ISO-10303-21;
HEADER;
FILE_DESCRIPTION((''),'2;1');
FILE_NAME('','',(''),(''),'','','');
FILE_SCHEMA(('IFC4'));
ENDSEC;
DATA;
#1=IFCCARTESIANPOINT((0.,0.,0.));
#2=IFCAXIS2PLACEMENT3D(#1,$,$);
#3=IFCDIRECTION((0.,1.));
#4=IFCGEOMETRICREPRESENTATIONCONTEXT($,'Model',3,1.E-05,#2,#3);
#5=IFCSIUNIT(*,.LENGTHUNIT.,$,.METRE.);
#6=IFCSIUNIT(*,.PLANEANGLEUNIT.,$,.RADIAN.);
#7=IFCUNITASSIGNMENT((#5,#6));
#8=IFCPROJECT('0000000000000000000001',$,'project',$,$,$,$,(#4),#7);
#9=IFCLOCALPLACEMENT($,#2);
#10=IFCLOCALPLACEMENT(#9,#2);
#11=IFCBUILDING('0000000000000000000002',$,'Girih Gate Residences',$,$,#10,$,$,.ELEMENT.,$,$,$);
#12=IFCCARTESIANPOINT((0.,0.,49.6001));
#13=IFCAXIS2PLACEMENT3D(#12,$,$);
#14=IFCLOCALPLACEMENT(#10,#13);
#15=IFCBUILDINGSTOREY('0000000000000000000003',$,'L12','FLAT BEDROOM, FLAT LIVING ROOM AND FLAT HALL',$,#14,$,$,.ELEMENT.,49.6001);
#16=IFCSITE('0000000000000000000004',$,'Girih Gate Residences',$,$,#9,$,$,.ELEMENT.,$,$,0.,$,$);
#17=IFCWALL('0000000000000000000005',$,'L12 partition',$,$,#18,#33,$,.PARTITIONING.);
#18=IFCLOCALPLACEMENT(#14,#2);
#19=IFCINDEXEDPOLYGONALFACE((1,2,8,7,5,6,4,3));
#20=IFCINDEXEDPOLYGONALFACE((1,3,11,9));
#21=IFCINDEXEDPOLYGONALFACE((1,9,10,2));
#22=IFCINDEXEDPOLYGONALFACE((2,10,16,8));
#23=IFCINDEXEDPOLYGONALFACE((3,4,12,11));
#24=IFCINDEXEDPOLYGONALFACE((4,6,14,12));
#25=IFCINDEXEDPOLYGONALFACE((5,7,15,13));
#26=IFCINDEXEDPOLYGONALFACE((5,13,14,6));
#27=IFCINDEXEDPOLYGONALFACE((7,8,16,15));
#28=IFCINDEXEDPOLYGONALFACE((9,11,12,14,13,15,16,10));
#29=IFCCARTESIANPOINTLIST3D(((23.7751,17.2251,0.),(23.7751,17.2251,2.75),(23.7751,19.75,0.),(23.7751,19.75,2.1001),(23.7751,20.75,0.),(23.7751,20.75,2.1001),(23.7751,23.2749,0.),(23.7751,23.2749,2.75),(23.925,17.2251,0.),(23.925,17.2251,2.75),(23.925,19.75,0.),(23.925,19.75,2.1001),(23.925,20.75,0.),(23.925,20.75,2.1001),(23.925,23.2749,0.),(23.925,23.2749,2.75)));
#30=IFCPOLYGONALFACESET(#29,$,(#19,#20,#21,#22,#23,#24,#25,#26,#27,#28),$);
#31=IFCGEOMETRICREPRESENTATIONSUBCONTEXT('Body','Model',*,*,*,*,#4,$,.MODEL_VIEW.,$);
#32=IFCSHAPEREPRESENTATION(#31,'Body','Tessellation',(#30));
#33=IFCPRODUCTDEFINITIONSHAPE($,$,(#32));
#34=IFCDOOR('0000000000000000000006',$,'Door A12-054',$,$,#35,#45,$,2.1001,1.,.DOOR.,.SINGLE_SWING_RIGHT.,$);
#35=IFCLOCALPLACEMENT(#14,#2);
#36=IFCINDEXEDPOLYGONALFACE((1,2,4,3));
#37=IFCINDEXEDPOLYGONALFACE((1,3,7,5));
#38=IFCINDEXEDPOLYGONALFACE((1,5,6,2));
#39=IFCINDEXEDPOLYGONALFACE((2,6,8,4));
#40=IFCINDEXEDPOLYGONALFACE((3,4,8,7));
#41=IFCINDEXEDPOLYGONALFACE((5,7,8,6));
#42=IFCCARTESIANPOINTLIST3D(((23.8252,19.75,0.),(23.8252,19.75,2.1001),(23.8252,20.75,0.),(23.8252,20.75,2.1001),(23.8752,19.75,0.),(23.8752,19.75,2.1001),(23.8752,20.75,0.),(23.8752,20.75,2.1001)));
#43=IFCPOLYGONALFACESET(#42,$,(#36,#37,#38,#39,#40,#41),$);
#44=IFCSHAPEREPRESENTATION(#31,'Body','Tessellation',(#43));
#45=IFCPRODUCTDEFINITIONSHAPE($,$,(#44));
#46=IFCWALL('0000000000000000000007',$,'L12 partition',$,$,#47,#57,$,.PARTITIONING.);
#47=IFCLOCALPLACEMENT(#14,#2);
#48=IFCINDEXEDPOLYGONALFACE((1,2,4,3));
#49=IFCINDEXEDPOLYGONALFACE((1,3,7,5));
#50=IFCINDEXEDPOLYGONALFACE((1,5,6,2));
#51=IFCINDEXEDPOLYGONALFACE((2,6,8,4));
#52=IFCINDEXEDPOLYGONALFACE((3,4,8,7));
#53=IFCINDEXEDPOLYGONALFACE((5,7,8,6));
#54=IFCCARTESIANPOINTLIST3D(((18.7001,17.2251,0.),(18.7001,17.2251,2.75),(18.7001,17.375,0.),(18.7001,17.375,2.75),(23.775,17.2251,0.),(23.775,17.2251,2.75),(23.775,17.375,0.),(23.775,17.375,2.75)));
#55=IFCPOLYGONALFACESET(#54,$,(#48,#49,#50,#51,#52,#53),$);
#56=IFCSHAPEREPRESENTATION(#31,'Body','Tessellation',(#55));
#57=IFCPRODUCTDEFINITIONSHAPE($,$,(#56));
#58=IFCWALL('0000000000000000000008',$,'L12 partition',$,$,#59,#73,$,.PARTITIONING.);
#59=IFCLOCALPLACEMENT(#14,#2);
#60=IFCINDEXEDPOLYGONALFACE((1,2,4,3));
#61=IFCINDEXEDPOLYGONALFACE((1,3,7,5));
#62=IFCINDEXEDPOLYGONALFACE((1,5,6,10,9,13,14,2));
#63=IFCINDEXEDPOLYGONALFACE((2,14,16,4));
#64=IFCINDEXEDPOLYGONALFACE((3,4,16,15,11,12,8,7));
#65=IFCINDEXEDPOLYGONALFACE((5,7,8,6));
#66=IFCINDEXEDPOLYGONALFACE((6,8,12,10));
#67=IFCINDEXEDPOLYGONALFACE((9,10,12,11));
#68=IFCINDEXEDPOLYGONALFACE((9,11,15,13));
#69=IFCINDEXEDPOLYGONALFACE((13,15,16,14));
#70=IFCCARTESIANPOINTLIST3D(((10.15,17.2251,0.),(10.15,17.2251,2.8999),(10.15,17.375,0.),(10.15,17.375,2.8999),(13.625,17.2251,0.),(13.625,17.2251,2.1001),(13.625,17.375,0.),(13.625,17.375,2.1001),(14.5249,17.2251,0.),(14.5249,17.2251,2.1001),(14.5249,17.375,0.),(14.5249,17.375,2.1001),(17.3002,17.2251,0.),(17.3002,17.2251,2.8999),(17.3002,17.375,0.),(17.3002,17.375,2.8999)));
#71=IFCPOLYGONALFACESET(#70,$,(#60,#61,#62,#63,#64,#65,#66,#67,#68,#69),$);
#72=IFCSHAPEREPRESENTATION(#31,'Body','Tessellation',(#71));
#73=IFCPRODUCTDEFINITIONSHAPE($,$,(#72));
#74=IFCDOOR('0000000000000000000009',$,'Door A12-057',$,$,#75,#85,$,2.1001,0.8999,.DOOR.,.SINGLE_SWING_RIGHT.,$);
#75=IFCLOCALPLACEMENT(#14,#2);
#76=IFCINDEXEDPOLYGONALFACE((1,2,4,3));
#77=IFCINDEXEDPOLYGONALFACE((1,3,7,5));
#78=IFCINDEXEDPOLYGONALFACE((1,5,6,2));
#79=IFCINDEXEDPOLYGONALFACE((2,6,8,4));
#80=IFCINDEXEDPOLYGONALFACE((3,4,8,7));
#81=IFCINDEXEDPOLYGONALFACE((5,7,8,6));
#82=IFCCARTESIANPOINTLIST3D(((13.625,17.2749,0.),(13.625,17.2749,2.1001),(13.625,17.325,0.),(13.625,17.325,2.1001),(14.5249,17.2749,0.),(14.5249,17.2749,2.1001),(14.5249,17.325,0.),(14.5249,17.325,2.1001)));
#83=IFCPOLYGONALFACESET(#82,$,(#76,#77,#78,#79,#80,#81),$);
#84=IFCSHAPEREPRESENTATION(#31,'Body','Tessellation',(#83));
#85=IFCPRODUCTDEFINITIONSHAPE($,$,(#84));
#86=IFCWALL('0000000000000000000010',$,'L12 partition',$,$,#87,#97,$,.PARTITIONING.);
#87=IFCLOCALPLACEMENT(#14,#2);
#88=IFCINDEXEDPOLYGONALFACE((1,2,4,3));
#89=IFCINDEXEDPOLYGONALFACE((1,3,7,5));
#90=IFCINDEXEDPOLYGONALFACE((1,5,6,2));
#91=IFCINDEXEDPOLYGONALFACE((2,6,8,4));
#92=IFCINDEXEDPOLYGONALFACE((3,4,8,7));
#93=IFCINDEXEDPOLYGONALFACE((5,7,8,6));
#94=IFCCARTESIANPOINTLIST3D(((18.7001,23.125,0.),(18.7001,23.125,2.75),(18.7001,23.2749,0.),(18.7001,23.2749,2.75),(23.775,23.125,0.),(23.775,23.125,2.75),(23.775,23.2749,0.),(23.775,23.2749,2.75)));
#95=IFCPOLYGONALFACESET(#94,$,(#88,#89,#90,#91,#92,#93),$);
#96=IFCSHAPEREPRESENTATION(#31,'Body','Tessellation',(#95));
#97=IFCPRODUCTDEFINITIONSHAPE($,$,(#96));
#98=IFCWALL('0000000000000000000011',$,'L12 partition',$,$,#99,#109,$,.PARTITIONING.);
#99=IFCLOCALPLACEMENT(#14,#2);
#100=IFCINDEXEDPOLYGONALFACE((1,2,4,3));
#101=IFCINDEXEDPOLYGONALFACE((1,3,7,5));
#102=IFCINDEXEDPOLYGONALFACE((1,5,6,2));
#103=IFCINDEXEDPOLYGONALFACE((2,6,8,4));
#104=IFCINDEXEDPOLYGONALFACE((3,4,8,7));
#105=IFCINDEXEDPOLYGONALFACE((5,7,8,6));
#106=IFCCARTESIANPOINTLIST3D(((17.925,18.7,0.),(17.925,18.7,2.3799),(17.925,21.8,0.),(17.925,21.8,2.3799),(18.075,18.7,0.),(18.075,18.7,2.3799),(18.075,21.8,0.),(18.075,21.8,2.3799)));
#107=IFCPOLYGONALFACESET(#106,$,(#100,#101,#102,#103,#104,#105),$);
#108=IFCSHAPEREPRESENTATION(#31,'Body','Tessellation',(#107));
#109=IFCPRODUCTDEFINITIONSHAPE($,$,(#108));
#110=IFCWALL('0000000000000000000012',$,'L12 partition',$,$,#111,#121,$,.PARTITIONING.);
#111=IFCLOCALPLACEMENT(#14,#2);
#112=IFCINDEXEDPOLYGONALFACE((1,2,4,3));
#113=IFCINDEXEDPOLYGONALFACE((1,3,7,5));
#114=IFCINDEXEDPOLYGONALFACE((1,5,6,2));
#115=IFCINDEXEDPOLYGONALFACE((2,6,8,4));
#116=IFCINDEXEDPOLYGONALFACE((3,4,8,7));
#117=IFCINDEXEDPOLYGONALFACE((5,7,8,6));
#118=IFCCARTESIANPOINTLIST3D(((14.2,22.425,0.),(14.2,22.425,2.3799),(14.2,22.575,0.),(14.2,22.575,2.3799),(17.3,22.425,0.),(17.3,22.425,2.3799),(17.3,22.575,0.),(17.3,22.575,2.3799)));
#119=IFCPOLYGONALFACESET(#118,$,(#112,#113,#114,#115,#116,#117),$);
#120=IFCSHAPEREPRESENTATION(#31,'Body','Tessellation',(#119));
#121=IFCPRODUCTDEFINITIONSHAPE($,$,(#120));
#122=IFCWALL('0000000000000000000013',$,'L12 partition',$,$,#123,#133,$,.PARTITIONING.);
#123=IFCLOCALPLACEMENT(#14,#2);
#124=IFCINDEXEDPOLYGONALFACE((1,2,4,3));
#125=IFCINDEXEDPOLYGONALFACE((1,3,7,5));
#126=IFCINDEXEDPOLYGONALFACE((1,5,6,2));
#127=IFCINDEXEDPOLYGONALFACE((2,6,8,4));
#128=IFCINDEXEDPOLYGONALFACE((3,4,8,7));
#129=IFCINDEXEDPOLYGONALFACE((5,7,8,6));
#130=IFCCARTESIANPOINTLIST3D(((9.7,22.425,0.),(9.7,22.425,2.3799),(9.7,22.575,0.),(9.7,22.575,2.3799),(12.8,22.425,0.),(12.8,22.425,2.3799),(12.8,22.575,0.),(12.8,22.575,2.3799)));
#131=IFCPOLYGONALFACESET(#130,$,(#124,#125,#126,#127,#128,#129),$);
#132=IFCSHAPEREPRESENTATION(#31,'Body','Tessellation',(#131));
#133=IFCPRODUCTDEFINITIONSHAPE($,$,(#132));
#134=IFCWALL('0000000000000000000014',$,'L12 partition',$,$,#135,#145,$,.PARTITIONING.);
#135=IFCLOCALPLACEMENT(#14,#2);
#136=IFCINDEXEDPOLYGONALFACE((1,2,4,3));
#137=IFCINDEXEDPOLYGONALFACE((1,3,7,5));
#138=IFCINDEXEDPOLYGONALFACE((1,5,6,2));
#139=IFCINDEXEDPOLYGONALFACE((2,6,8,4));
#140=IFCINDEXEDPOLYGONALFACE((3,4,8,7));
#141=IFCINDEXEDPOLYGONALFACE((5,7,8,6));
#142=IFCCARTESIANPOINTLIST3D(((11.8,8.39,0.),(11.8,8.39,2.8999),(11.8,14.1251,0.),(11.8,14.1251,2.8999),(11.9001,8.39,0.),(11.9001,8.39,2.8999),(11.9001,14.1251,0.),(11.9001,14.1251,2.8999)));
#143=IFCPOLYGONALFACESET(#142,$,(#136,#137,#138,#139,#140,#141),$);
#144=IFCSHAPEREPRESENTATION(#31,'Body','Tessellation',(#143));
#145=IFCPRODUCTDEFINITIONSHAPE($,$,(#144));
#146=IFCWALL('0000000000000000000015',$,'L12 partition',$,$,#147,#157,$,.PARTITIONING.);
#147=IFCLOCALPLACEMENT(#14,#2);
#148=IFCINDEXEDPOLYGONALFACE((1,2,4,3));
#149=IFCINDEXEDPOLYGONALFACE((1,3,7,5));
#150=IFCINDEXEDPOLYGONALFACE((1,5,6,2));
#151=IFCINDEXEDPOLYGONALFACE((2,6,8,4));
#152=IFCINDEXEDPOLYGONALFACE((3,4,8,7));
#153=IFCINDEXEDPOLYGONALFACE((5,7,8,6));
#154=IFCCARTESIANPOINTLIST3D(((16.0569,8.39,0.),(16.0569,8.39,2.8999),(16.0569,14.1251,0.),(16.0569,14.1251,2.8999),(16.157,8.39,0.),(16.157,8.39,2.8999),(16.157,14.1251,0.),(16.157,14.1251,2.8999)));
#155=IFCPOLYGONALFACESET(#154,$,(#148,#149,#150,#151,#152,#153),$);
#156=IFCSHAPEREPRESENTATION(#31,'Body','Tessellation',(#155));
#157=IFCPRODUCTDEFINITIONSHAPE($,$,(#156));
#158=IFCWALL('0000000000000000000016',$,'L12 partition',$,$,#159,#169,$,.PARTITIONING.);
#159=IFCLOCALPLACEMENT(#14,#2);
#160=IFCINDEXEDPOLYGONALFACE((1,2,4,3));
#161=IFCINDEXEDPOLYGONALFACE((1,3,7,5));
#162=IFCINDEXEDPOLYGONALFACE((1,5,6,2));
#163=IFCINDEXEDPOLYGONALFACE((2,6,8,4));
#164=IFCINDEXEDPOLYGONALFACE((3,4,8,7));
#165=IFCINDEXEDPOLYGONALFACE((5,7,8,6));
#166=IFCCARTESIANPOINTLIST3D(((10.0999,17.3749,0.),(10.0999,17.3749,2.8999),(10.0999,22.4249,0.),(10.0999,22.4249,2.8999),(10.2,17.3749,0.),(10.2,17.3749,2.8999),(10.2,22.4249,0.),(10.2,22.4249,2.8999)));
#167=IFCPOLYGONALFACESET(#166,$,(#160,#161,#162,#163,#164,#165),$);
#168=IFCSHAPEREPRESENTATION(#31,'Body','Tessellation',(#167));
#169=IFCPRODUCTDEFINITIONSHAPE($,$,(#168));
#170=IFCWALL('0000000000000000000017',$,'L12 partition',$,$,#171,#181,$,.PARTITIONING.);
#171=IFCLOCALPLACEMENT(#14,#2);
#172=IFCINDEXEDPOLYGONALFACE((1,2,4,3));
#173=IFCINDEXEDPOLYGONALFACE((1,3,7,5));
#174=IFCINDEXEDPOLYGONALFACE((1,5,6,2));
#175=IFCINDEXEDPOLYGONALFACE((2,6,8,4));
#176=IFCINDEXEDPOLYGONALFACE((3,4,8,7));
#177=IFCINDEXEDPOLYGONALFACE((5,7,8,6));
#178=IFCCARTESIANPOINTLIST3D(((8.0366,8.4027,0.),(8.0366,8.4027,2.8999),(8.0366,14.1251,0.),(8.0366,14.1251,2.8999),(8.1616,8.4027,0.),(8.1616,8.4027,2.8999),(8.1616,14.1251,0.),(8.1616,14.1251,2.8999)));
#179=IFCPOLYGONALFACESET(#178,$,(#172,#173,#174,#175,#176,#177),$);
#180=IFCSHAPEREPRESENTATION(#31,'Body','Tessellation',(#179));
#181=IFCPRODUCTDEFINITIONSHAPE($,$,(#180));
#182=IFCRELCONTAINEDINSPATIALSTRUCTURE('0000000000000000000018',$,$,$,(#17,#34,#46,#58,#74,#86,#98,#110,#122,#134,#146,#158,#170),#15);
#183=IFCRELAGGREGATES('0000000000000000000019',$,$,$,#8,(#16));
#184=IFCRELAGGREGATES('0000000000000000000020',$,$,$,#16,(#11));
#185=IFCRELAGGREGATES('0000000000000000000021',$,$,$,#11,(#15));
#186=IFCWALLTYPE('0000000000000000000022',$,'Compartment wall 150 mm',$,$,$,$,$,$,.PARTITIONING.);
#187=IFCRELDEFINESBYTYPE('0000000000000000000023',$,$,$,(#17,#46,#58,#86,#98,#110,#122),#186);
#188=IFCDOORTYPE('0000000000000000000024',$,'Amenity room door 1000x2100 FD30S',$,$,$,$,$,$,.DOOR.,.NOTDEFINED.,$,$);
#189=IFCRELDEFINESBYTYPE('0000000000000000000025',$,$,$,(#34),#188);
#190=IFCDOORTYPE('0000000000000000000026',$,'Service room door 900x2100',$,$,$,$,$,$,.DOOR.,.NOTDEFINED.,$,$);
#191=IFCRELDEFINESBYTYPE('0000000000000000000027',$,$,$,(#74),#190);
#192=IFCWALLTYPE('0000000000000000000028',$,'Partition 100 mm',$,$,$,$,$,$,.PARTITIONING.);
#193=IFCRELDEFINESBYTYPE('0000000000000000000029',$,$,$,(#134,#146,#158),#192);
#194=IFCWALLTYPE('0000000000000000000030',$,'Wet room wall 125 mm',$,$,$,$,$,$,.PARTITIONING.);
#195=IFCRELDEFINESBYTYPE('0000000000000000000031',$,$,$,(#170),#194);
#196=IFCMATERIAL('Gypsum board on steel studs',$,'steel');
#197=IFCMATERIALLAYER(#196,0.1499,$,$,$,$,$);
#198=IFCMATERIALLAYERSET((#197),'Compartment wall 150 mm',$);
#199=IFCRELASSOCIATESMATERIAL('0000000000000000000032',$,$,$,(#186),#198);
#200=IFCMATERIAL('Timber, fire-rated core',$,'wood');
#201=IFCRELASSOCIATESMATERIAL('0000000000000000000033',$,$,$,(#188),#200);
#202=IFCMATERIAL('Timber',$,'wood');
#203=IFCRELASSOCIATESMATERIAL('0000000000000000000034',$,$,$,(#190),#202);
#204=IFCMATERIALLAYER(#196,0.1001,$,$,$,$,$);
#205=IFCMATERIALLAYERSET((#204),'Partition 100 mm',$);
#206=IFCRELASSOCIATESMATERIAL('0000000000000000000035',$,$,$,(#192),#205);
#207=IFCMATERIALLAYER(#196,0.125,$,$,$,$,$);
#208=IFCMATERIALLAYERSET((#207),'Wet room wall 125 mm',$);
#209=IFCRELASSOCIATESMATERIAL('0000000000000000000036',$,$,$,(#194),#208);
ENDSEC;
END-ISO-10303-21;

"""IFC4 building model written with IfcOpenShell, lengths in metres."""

from ifc_helpers import new_model, si_unit, direction, frame, frame_2d, origin, place, context, subcontext, project, spatial, rectangle, extrude, material, layer, layer_set, type_object, element, fill, save


model = new_model("IFC4")

# Units and contexts
model_context = context("Model", 3, precision=1e-05, world=origin(), true_north=direction((0.0, 1.0)))
body_context = subcontext(model_context, "Body", "Model", "MODEL_VIEW")
ifc_project = project(units=[si_unit("LENGTHUNIT", "METRE"), si_unit("PLANEANGLEUNIT", "RADIAN")], contexts=[model_context])

# Site, building, storey
site_placement = place(None, origin())
site = spatial("IfcSite", under=ifc_project, at=site_placement, Name="Girih Gate Residences", CompositionType="ELEMENT", RefElevation=0.0)
building_placement = place(site_placement, origin())
building = spatial("IfcBuilding", under=site, at=building_placement, Name="Girih Gate Residences", CompositionType="ELEMENT")
storey_placement = place(building_placement, frame((0.0, 0.0, 49.6001)))
storey = spatial("IfcBuildingStorey", under=building, at=storey_placement, Name="L12", Description="FLAT BEDROOM, FLAT LIVING ROOM AND FLAT HALL", CompositionType="ELEMENT", Elevation=49.6001)

# Shared definitions
ifc_material_1 = material(Name="Gypsum board on steel studs", Category="steel")

# Shared definitions
ifc_layer_1 = layer(ifc_material_1, 0.1499)
ifc_layer_set_1 = layer_set([ifc_layer_1], Name="Compartment wall 150 mm")
wall_type_1 = type_object("IfcWallType", Name="Compartment wall 150 mm", PredefinedType="PARTITIONING", material=ifc_layer_set_1)
ifc_material_2 = material(Name="Timber, fire-rated core", Category="wood")

# Wall, opening, door
wall_1_placement = place(storey_placement, frame((23.8501, 17.2251, 0.0), z_axis=(0.0, 0.0, 1.0), x_axis=(0.0, 1.0, 0.0)))
wall_1 = element("IfcWall", 1, at=wall_1_placement, inside=storey, type_object=wall_type_1, Name="L12 partition", PredefinedType="PARTITIONING", context=body_context, shape_type="SweptSolid", body=[
    extrude(rectangle(XDim=6.0498, YDim=0.1499, at=frame_2d((3.0249, 0.0))), origin(), (0.0, 0.0, 1.0), 2.75),
])
opening_1_placement = place(wall_1_placement, frame((2.5249, 0.0, 0.0)))
opening_1 = element("IfcOpeningElement", 2, at=opening_1_placement, cuts=wall_1, PredefinedType="OPENING", context=body_context, shape_type="SweptSolid", body=[
    extrude(rectangle(XDim=1.0, YDim=2.1001, at=frame_2d((0.5, 1.05))), frame((0.0, 0.085, 0.0), z_axis=(0.0, -1.0, 0.0), x_axis=(1.0, 0.0, 0.0)), (0.0, 0.0, 1.0), 0.1699),
])
door_type_1 = type_object("IfcDoorType", Name="Amenity room door 1000x2100 FD30S", OperationType="NOTDEFINED", PredefinedType="DOOR", material=ifc_material_2)
door_1_placement = place(opening_1_placement, origin())
door_1 = element("IfcDoor", 3, at=door_1_placement, inside=storey, type_object=door_type_1, Name="Door A12-054", OperationType="SINGLE_SWING_RIGHT", OverallHeight=2.1001, OverallWidth=1.0, PredefinedType="DOOR", context=body_context, shape_type="SweptSolid", body=[
    extrude(rectangle(XDim=1.0, YDim=2.1001, at=frame_2d((0.5, 1.05))), frame((0.0, 0.0249, 0.0), z_axis=(0.0, -1.0, 0.0), x_axis=(1.0, 0.0, 0.0)), (0.0, 0.0, 1.0), 0.05),
])
fill(opening_1, door_1)

# Wall
wall_2_placement = place(storey_placement, frame((18.7, 17.3, 0.0), z_axis=(0.0, 0.0, 1.0), x_axis=(1.0, 0.0, 0.0)))
element("IfcWall", 4, at=wall_2_placement, inside=storey, type_object=wall_type_1, Name="L12 partition", PredefinedType="PARTITIONING", context=body_context, shape_type="SweptSolid", body=[
    extrude(rectangle(XDim=5.075, YDim=0.1499, at=frame_2d((2.5376, 0.0))), origin(), (0.0, 0.0, 1.0), 2.75),
])

# Wall, opening, door
wall_3_placement = place(storey_placement, frame((10.1499, 17.3, 0.0), z_axis=(0.0, 0.0, 1.0), x_axis=(1.0, 0.0, 0.0)))
wall_3 = element("IfcWall", 5, at=wall_3_placement, inside=storey, type_object=wall_type_1, Name="L12 partition", PredefinedType="PARTITIONING", context=body_context, shape_type="SweptSolid", body=[
    extrude(rectangle(XDim=7.1501, YDim=0.1499, at=frame_2d((3.5752, 0.0))), origin(), (0.0, 0.0, 1.0), 2.8999),
])
opening_2_placement = place(wall_3_placement, frame((3.4751, 0.0, 0.0)))
opening_2 = element("IfcOpeningElement", 6, at=opening_2_placement, cuts=wall_3, PredefinedType="OPENING", context=body_context, shape_type="SweptSolid", body=[
    extrude(rectangle(XDim=0.8999, YDim=2.1001, at=frame_2d((0.45, 1.05))), frame((0.0, 0.085, 0.0), z_axis=(0.0, -1.0, 0.0), x_axis=(1.0, 0.0, 0.0)), (0.0, 0.0, 1.0), 0.1699),
])
ifc_material_3 = material(Name="Timber", Category="wood")
door_type_2 = type_object("IfcDoorType", Name="Service room door 900x2100", OperationType="NOTDEFINED", PredefinedType="DOOR", material=ifc_material_3)
door_2_placement = place(opening_2_placement, origin())
door_2 = element("IfcDoor", 7, at=door_2_placement, inside=storey, type_object=door_type_2, Name="Door A12-057", OperationType="SINGLE_SWING_RIGHT", OverallHeight=2.1001, OverallWidth=0.8999, PredefinedType="DOOR", context=body_context, shape_type="SweptSolid", body=[
    extrude(rectangle(XDim=0.8999, YDim=2.1001, at=frame_2d((0.45, 1.05))), frame((0.0, 0.0249, 0.0), z_axis=(0.0, -1.0, 0.0), x_axis=(1.0, 0.0, 0.0)), (0.0, 0.0, 1.0), 0.05),
])
fill(opening_2, door_2)

# Walls
wall_4_placement = place(storey_placement, frame((18.7, 23.2, 0.0), z_axis=(0.0, 0.0, 1.0), x_axis=(1.0, 0.0, 0.0)))
element("IfcWall", 8, at=wall_4_placement, inside=storey, type_object=wall_type_1, Name="L12 partition", PredefinedType="PARTITIONING", context=body_context, shape_type="SweptSolid", body=[
    extrude(rectangle(XDim=5.075, YDim=0.1499, at=frame_2d((2.5376, 0.0))), origin(), (0.0, 0.0, 1.0), 2.75),
])
for number, where, z_axis, x_axis, name in (
    (9, (18.0, 18.7, 0.0), (0.0, 0.0, 1.0), (0.0, 1.0, 0.0), "L12 partition"),
    (10, (14.2, 22.5, 0.0), (0.0, 0.0, 1.0), (1.0, 0.0, 0.0), "L12 partition"),
    (11, (9.7, 22.5, 0.0), (0.0, 0.0, 1.0), (1.0, 0.0, 0.0), "L12 partition"),
):
    element("IfcWall", number, at=place(storey_placement, frame(where, z_axis=z_axis, x_axis=x_axis)), inside=storey, type_object=wall_type_1, Name=name, PredefinedType="PARTITIONING", context=body_context, shape_type="SweptSolid", body=[
        extrude(rectangle(XDim=3.1001, YDim=0.1499, at=frame_2d((1.55, 0.0))), origin(), (0.0, 0.0, 1.0), 2.3799),
    ])
ifc_layer_2 = layer(ifc_material_1, 0.1001)
ifc_layer_set_2 = layer_set([ifc_layer_2], Name="Partition 100 mm")
wall_type_2 = type_object("IfcWallType", Name="Partition 100 mm", PredefinedType="PARTITIONING", material=ifc_layer_set_2)
for number, where, z_axis, x_axis, name in (
    (12, (11.8501, 8.3899, 0.0), (0.0, 0.0, 1.0), (0.0, 1.0, 0.0), "L12 partition"),
    (13, (16.1069, 8.3899, 0.0), (0.0, 0.0, 1.0), (0.0, 1.0, 0.0), "L12 partition"),
):
    element("IfcWall", number, at=place(storey_placement, frame(where, z_axis=z_axis, x_axis=x_axis)), inside=storey, type_object=wall_type_2, Name=name, PredefinedType="PARTITIONING", context=body_context, shape_type="SweptSolid", body=[
        extrude(rectangle(XDim=5.7351, YDim=0.1001, at=frame_2d((2.8677, 0.0))), origin(), (0.0, 0.0, 1.0), 2.8999),
    ])
wall_5_placement = place(storey_placement, frame((10.1499, 17.375, 0.0), z_axis=(0.0, 0.0, 1.0), x_axis=(0.0, 1.0, 0.0)))
element("IfcWall", 14, at=wall_5_placement, inside=storey, type_object=wall_type_2, Name="L12 partition", PredefinedType="PARTITIONING", context=body_context, shape_type="SweptSolid", body=[
    extrude(rectangle(XDim=5.05, YDim=0.1001, at=frame_2d((2.5249, 0.0))), origin(), (0.0, 0.0, 1.0), 2.8999),
])
ifc_layer_3 = layer(ifc_material_1, 0.125)
ifc_layer_set_3 = layer_set([ifc_layer_3], Name="Wet room wall 125 mm")
wall_type_3 = type_object("IfcWallType", Name="Wet room wall 125 mm", PredefinedType="PARTITIONING", material=ifc_layer_set_3)
wall_6_placement = place(storey_placement, frame((8.0991, 8.4026, 0.0), z_axis=(0.0, 0.0, 1.0), x_axis=(0.0, 1.0, 0.0)))
element("IfcWall", 15, at=wall_6_placement, inside=storey, type_object=wall_type_3, Name="L12 partition", PredefinedType="PARTITIONING", context=body_context, shape_type="SweptSolid", body=[
    extrude(rectangle(XDim=5.7224, YDim=0.125, at=frame_2d((2.8613, 0.0))), origin(), (0.0, 0.0, 1.0), 2.8999),
])

save(model, "model.ifc")
